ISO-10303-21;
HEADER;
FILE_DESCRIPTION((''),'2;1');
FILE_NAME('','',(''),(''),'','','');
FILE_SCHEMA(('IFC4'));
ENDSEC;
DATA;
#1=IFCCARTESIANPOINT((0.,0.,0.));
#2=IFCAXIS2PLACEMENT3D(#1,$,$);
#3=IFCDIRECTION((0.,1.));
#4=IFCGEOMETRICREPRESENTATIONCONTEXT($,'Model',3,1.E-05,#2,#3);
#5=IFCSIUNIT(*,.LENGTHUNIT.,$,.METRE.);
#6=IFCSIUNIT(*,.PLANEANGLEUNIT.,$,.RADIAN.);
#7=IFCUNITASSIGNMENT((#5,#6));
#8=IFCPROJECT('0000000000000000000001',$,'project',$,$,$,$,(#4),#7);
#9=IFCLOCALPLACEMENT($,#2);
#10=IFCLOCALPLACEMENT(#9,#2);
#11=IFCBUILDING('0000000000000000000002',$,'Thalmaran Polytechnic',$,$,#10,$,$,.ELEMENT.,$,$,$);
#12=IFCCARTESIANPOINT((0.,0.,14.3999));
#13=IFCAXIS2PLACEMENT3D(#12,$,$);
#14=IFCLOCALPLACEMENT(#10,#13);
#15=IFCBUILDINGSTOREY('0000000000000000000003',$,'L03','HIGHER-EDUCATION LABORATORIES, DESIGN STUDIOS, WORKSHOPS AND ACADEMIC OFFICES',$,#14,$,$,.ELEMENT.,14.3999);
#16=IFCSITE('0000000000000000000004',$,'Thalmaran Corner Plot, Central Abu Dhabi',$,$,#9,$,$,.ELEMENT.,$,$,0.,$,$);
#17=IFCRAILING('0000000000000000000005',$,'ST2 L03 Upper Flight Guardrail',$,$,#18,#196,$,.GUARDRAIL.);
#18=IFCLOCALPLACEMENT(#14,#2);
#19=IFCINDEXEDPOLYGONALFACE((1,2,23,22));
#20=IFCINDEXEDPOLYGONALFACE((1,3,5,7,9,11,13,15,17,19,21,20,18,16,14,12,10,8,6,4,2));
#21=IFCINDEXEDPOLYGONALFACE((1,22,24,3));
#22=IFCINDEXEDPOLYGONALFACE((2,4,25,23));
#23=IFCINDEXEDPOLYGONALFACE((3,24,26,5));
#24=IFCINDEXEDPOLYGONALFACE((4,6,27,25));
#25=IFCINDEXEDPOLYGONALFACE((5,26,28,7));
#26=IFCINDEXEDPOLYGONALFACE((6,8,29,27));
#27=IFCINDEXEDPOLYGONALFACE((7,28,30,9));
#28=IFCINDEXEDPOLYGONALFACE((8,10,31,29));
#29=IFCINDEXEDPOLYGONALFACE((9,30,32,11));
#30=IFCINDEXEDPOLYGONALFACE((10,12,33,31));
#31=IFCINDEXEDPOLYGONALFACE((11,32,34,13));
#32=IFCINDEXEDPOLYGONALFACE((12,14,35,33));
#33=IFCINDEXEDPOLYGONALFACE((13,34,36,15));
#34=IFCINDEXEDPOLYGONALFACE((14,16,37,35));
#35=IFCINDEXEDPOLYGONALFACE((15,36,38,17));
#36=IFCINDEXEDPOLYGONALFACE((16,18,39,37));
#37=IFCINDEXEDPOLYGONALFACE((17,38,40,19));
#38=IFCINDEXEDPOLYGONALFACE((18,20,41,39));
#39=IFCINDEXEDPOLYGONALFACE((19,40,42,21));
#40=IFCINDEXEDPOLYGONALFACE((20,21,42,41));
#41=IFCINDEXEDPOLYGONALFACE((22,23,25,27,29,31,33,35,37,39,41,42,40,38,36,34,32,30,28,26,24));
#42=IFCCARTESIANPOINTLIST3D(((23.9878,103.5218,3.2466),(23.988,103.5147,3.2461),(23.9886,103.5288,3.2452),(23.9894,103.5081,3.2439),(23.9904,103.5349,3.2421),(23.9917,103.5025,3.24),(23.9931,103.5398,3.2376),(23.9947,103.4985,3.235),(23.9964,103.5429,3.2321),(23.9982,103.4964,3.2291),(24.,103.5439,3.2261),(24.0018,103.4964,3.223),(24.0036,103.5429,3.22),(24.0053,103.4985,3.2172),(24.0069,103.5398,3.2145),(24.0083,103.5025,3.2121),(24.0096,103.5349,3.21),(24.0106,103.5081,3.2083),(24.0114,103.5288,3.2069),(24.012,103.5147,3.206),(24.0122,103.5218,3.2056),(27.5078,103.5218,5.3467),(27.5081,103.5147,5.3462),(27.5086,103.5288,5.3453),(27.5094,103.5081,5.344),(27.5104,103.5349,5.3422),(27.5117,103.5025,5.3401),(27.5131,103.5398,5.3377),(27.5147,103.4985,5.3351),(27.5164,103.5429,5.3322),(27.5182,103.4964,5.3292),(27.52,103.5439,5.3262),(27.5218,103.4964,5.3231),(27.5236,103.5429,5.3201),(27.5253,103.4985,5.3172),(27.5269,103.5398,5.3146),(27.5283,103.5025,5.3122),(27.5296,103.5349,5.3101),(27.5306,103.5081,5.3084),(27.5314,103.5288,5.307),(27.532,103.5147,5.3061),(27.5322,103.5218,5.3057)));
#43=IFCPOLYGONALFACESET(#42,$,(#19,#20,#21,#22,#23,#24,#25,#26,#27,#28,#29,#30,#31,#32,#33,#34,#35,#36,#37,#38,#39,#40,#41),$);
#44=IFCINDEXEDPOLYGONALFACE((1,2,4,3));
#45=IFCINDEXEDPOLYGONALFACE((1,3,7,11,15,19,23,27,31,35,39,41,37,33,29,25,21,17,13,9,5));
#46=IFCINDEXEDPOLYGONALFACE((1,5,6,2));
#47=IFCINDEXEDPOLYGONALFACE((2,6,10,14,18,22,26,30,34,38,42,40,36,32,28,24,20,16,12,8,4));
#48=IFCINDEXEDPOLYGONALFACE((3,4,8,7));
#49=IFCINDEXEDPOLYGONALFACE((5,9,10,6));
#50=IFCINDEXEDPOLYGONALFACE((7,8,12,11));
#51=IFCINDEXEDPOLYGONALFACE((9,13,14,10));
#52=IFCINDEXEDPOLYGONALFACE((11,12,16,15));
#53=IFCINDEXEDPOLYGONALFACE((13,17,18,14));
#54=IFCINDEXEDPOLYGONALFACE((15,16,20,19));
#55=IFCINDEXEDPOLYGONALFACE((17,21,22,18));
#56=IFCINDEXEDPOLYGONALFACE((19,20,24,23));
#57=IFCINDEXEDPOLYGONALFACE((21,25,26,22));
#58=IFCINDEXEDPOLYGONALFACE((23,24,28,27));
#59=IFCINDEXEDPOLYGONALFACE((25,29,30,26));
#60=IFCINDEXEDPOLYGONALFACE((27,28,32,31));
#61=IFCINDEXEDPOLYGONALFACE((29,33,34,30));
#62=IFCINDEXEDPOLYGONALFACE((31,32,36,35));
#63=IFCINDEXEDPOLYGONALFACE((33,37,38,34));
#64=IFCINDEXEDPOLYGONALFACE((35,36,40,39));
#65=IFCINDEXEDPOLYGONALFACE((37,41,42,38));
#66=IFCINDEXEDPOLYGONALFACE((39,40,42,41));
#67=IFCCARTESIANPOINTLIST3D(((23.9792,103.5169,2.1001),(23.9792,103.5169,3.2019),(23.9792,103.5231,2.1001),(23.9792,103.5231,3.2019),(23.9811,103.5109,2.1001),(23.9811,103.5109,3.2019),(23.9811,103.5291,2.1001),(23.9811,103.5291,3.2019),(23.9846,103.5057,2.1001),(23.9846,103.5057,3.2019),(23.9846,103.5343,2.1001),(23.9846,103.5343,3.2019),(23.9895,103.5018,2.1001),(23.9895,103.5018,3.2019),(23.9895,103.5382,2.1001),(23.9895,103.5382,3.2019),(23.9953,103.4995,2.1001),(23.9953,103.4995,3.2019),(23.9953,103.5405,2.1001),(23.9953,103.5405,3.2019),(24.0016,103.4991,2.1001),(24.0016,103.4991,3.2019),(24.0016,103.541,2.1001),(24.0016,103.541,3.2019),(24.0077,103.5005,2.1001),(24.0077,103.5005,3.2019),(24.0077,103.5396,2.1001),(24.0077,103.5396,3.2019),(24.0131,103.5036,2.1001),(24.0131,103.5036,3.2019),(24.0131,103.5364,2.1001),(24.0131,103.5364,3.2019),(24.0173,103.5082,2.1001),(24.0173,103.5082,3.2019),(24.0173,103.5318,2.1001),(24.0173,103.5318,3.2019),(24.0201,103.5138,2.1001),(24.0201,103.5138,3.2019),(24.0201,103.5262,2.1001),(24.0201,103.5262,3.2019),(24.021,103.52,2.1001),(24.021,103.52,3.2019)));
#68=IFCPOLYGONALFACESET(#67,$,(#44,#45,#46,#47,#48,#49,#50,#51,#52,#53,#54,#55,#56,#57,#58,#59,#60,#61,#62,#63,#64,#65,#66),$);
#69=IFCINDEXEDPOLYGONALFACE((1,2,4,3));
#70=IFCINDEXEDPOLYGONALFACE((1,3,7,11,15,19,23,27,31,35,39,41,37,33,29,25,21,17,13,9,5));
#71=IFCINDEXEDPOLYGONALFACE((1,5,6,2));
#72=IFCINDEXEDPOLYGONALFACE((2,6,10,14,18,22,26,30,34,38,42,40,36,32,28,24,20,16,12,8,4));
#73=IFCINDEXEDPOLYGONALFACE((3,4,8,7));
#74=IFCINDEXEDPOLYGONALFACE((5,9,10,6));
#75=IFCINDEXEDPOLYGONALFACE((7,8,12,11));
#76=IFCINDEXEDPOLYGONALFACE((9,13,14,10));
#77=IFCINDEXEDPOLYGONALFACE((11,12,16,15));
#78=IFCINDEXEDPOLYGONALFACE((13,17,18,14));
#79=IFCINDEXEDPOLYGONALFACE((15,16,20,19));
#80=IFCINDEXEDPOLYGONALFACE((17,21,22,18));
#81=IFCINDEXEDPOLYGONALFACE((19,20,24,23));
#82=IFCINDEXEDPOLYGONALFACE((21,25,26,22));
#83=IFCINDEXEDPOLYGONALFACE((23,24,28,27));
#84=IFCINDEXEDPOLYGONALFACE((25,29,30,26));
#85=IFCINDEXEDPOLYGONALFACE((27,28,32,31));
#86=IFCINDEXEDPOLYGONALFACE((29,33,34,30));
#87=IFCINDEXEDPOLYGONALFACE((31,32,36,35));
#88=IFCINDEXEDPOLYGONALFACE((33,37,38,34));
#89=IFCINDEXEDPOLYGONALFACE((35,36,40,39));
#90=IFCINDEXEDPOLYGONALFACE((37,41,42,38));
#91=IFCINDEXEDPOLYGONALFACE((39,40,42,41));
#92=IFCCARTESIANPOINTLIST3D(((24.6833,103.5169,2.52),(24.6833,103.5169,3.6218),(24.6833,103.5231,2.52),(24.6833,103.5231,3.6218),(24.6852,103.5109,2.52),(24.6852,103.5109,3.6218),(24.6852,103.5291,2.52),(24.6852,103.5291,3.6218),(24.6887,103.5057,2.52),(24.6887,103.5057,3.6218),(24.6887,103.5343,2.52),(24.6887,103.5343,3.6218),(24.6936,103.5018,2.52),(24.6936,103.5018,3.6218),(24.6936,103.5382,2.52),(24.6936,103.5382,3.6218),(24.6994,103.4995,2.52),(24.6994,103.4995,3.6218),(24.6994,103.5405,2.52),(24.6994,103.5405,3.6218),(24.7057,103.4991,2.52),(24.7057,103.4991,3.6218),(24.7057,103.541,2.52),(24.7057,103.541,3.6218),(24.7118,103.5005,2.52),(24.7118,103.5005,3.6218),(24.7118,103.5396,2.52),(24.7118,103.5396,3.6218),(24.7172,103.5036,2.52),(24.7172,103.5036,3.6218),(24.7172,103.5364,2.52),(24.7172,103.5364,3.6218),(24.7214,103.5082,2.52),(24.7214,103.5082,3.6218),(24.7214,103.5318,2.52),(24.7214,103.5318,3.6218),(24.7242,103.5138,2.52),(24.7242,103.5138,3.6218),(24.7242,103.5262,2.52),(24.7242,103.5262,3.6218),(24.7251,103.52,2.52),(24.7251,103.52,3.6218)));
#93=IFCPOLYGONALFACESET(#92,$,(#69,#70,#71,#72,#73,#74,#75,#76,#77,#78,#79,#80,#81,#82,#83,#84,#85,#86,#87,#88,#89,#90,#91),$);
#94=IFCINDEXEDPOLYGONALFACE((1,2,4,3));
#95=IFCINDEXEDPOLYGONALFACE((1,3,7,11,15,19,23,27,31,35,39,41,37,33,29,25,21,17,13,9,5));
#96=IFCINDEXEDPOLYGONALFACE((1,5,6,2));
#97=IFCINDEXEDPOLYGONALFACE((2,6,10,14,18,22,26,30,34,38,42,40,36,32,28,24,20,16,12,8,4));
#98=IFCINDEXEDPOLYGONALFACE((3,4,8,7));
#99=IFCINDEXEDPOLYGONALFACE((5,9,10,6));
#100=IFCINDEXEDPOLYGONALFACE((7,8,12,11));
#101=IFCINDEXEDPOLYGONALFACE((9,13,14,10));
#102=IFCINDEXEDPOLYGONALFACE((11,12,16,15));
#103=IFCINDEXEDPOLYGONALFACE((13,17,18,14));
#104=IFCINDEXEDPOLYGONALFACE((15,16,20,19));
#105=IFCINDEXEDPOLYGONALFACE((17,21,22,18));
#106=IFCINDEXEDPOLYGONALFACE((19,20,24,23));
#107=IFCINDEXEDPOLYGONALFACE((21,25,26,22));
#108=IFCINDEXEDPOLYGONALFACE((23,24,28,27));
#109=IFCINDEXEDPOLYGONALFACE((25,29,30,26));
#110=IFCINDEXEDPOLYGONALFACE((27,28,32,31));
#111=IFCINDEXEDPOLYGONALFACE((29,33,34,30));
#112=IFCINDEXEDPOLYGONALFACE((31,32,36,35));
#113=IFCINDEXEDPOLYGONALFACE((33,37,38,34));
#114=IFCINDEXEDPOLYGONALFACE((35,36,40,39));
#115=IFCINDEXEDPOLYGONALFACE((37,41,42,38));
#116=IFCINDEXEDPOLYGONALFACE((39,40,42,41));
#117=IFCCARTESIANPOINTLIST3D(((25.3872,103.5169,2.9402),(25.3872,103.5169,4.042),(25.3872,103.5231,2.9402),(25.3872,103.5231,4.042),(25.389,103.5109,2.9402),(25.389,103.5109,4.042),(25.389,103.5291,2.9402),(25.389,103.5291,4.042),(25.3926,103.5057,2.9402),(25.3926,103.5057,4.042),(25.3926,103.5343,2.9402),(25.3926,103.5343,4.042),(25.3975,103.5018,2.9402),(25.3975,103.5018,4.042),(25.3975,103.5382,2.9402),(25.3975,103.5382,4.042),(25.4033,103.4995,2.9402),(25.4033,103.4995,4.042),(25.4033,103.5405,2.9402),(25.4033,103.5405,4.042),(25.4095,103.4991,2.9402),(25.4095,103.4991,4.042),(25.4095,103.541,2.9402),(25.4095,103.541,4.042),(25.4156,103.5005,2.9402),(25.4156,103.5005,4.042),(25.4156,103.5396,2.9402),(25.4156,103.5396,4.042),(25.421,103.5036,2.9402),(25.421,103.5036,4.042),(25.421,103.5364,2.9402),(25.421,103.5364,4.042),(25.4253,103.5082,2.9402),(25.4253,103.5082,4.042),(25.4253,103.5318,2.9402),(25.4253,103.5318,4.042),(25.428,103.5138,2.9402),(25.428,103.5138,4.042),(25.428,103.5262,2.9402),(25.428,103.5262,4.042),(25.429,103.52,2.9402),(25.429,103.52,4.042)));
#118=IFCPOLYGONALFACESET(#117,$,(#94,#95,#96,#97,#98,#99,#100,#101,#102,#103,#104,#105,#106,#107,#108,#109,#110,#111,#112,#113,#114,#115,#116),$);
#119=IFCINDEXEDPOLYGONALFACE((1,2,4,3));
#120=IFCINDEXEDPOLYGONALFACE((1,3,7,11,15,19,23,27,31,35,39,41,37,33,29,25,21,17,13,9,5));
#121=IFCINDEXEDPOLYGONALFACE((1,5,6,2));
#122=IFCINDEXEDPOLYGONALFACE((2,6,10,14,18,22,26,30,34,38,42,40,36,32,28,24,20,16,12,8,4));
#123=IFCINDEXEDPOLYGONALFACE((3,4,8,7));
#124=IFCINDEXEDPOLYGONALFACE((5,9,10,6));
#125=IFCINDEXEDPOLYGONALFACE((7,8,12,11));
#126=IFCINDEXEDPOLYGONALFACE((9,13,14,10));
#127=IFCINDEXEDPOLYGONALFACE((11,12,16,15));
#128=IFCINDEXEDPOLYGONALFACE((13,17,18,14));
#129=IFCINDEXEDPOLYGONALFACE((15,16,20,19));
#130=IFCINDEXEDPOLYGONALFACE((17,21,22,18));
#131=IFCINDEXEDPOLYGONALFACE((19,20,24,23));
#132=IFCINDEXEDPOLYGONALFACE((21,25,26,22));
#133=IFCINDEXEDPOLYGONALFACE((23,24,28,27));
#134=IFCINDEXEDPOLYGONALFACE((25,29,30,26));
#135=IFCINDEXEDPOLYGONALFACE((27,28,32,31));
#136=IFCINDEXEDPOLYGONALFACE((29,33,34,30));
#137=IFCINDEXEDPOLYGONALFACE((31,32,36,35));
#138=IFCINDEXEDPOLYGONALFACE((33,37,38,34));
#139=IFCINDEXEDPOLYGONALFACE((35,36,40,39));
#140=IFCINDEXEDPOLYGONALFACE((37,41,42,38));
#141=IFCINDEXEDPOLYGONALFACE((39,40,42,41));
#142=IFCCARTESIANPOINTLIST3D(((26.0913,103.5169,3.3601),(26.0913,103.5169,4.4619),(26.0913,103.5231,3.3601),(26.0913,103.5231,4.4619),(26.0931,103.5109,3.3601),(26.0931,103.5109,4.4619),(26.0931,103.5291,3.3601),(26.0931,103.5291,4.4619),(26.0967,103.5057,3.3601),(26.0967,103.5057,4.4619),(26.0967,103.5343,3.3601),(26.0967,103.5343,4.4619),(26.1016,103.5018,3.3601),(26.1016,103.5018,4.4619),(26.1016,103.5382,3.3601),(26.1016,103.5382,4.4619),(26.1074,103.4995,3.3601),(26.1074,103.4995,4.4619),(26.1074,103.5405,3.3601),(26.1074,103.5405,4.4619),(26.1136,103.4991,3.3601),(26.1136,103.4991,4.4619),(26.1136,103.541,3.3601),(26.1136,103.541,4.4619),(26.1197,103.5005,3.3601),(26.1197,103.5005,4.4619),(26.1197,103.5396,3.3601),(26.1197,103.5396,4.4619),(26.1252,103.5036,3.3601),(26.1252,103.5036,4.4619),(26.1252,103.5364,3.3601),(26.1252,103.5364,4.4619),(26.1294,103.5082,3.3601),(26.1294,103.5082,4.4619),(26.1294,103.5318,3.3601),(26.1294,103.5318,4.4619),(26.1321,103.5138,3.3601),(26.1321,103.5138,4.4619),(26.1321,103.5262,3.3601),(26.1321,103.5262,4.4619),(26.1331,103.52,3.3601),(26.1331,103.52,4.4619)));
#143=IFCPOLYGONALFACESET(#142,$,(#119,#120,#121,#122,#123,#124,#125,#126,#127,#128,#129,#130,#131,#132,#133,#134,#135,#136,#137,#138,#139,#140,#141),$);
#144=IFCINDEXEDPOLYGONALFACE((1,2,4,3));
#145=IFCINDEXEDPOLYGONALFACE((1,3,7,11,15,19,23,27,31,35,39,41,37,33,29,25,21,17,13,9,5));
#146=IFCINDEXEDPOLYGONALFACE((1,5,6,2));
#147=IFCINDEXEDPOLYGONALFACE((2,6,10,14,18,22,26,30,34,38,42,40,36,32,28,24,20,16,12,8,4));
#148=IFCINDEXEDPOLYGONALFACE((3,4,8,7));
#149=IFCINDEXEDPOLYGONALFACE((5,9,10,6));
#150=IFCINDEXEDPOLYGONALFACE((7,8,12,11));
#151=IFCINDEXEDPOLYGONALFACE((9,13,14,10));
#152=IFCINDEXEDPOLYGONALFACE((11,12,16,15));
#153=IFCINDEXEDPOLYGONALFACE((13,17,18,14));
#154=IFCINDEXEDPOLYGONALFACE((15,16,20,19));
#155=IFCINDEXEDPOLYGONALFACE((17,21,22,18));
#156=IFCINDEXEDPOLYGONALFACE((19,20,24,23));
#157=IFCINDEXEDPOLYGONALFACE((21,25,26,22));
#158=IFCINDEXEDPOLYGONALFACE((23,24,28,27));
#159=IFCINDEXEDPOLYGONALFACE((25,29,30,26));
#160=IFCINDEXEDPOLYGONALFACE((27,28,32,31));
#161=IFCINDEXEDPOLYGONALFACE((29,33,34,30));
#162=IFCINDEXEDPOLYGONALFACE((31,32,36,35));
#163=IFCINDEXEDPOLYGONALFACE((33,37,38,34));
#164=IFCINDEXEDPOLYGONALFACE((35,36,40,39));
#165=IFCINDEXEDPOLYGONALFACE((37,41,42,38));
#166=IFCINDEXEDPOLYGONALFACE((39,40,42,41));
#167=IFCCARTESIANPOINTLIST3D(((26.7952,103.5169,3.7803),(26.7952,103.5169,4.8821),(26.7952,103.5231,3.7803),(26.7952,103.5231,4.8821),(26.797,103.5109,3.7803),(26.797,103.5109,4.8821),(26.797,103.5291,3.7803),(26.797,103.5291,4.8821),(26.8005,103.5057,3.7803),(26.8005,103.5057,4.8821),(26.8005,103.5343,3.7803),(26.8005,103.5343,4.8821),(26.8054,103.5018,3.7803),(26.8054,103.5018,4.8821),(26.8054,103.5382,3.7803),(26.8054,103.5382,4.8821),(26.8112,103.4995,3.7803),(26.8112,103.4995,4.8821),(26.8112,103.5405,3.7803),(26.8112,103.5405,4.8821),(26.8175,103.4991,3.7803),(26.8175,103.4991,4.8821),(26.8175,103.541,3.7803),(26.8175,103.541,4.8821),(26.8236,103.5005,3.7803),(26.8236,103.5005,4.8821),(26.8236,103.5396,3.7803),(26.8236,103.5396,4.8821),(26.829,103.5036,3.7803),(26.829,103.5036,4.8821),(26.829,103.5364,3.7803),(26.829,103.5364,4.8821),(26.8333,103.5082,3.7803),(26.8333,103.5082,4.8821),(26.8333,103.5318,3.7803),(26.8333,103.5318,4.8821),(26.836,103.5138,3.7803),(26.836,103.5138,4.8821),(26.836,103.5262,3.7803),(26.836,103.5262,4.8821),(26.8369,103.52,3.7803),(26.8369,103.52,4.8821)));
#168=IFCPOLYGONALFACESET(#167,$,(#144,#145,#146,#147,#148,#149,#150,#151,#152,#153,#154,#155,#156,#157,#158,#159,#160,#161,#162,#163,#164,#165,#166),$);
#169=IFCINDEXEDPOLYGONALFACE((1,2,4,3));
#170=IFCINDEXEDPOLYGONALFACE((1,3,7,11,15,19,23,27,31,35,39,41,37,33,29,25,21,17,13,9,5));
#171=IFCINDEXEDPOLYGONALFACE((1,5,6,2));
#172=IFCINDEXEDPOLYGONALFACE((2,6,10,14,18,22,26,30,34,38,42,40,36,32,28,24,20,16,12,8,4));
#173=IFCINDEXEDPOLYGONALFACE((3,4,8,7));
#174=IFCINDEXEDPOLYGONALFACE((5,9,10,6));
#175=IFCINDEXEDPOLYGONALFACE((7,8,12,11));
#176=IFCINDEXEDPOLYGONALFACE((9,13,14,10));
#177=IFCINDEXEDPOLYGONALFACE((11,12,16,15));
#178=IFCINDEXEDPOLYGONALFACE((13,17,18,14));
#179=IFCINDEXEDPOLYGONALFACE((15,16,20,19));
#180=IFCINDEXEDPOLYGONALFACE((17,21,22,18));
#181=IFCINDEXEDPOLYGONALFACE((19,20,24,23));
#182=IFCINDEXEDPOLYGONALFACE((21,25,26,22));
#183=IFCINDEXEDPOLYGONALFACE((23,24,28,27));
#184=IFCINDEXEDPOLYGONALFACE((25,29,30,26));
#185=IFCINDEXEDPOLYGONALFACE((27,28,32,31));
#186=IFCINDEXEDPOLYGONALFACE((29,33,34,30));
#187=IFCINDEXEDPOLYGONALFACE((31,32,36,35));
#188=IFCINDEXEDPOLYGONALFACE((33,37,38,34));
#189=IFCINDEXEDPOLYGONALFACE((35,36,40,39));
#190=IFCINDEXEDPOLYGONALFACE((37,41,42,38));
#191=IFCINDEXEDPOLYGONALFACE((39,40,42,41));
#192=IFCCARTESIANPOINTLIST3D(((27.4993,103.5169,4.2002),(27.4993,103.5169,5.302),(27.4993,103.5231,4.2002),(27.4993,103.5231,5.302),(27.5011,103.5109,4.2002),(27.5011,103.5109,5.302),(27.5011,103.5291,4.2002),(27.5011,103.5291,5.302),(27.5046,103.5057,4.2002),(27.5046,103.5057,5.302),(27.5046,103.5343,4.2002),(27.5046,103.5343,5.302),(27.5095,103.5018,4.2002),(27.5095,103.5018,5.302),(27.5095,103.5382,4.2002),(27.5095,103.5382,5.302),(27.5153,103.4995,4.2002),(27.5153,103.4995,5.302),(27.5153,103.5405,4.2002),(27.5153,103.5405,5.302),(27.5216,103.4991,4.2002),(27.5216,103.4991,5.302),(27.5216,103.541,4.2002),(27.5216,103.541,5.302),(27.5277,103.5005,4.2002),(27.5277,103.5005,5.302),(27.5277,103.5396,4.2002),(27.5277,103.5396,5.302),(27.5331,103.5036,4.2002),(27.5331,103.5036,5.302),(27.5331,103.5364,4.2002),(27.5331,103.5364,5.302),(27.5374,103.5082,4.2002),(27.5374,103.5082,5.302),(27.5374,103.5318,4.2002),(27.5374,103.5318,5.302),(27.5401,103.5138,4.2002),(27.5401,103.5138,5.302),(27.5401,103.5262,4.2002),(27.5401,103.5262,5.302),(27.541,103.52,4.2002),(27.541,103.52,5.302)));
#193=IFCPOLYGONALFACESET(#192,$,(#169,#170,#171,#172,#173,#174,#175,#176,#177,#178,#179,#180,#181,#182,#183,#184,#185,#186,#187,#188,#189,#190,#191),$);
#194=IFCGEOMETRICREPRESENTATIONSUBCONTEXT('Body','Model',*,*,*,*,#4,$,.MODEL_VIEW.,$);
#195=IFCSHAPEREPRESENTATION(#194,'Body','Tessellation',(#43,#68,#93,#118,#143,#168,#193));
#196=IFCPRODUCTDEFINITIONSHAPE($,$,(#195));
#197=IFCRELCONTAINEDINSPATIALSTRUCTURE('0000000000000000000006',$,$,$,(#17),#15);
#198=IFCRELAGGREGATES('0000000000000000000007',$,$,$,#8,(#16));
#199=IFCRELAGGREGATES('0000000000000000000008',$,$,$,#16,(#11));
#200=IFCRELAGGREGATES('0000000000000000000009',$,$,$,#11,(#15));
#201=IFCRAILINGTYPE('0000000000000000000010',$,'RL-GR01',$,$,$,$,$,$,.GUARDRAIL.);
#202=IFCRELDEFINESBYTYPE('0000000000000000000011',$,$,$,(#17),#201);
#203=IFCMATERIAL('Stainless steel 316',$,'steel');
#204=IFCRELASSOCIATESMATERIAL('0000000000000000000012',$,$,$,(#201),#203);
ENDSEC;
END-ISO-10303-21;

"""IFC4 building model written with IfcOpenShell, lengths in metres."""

from ifc_helpers import new_model, si_unit, direction, frame, origin, origin_2d, place, context, subcontext, project, spatial, circle, extrude, material, type_object, element, save


model = new_model("IFC4")

# Units and contexts
model_context = context("Model", 3, precision=1e-05, world=origin(), true_north=direction((0.0, 1.0)))
body_context = subcontext(model_context, "Body", "Model", "MODEL_VIEW")
ifc_project = project(units=[si_unit("LENGTHUNIT", "METRE"), si_unit("PLANEANGLEUNIT", "RADIAN")], contexts=[model_context])

# Site, building, storey
site_placement = place(None, origin())
site = spatial("IfcSite", under=ifc_project, at=site_placement, Name="Thalmaran Corner Plot, Central Abu Dhabi", CompositionType="ELEMENT", RefElevation=0.0)
building_placement = place(site_placement, origin())
building = spatial("IfcBuilding", under=site, at=building_placement, Name="Thalmaran Polytechnic", CompositionType="ELEMENT")
storey_placement = place(building_placement, frame((0.0, 0.0, 14.3999)))
storey = spatial("IfcBuildingStorey", under=building, at=storey_placement, Name="L03", Description="HIGHER-EDUCATION LABORATORIES, DESIGN STUDIOS, WORKSHOPS AND ACADEMIC OFFICES", CompositionType="ELEMENT", Elevation=14.3999)

# Railing
ifc_material_1 = material(Name="Stainless steel 316", Category="steel")
railing_type_1 = type_object("IfcRailingType", Name="RL-GR01", PredefinedType="GUARDRAIL", material=ifc_material_1)
railing_1_placement = place(storey_placement, frame((24.0, 103.52, 2.1001)))
element("IfcRailing", 1, at=railing_1_placement, inside=storey, type_object=railing_type_1, Name="ST2 L03 Upper Flight Guardrail", PredefinedType="GUARDRAIL", context=body_context, shape_type="SweptSolid", body=[
    extrude(circle(Radius=0.0239, at=origin_2d()), frame((0.0, 0.0, 1.126), z_axis=(0.858773, 0.0, 0.512357), x_axis=(0.0, 1.0, 0.0)), (0.0, 0.0, 1.0), 4.0989),
    extrude(circle(Radius=0.021, at=origin_2d()), origin(), (0.0, 0.0, 1.0), 1.1018),
    extrude(circle(Radius=0.021, at=origin_2d()), frame((0.7041, 0.0, 0.4199)), (0.0, 0.0, 1.0), 1.1018),
    extrude(circle(Radius=0.021, at=origin_2d()), frame((1.408, 0.0, 0.8401)), (0.0, 0.0, 1.0), 1.1018),
    extrude(circle(Radius=0.021, at=origin_2d()), frame((2.1121, 0.0, 1.26)), (0.0, 0.0, 1.0), 1.1018),
    extrude(circle(Radius=0.021, at=origin_2d()), frame((2.8159, 0.0, 1.6802)), (0.0, 0.0, 1.0), 1.1018),
    extrude(circle(Radius=0.021, at=origin_2d()), frame((3.52, 0.0, 2.1001)), (0.0, 0.0, 1.0), 1.1018),
])

save(model, "model.ifc")
